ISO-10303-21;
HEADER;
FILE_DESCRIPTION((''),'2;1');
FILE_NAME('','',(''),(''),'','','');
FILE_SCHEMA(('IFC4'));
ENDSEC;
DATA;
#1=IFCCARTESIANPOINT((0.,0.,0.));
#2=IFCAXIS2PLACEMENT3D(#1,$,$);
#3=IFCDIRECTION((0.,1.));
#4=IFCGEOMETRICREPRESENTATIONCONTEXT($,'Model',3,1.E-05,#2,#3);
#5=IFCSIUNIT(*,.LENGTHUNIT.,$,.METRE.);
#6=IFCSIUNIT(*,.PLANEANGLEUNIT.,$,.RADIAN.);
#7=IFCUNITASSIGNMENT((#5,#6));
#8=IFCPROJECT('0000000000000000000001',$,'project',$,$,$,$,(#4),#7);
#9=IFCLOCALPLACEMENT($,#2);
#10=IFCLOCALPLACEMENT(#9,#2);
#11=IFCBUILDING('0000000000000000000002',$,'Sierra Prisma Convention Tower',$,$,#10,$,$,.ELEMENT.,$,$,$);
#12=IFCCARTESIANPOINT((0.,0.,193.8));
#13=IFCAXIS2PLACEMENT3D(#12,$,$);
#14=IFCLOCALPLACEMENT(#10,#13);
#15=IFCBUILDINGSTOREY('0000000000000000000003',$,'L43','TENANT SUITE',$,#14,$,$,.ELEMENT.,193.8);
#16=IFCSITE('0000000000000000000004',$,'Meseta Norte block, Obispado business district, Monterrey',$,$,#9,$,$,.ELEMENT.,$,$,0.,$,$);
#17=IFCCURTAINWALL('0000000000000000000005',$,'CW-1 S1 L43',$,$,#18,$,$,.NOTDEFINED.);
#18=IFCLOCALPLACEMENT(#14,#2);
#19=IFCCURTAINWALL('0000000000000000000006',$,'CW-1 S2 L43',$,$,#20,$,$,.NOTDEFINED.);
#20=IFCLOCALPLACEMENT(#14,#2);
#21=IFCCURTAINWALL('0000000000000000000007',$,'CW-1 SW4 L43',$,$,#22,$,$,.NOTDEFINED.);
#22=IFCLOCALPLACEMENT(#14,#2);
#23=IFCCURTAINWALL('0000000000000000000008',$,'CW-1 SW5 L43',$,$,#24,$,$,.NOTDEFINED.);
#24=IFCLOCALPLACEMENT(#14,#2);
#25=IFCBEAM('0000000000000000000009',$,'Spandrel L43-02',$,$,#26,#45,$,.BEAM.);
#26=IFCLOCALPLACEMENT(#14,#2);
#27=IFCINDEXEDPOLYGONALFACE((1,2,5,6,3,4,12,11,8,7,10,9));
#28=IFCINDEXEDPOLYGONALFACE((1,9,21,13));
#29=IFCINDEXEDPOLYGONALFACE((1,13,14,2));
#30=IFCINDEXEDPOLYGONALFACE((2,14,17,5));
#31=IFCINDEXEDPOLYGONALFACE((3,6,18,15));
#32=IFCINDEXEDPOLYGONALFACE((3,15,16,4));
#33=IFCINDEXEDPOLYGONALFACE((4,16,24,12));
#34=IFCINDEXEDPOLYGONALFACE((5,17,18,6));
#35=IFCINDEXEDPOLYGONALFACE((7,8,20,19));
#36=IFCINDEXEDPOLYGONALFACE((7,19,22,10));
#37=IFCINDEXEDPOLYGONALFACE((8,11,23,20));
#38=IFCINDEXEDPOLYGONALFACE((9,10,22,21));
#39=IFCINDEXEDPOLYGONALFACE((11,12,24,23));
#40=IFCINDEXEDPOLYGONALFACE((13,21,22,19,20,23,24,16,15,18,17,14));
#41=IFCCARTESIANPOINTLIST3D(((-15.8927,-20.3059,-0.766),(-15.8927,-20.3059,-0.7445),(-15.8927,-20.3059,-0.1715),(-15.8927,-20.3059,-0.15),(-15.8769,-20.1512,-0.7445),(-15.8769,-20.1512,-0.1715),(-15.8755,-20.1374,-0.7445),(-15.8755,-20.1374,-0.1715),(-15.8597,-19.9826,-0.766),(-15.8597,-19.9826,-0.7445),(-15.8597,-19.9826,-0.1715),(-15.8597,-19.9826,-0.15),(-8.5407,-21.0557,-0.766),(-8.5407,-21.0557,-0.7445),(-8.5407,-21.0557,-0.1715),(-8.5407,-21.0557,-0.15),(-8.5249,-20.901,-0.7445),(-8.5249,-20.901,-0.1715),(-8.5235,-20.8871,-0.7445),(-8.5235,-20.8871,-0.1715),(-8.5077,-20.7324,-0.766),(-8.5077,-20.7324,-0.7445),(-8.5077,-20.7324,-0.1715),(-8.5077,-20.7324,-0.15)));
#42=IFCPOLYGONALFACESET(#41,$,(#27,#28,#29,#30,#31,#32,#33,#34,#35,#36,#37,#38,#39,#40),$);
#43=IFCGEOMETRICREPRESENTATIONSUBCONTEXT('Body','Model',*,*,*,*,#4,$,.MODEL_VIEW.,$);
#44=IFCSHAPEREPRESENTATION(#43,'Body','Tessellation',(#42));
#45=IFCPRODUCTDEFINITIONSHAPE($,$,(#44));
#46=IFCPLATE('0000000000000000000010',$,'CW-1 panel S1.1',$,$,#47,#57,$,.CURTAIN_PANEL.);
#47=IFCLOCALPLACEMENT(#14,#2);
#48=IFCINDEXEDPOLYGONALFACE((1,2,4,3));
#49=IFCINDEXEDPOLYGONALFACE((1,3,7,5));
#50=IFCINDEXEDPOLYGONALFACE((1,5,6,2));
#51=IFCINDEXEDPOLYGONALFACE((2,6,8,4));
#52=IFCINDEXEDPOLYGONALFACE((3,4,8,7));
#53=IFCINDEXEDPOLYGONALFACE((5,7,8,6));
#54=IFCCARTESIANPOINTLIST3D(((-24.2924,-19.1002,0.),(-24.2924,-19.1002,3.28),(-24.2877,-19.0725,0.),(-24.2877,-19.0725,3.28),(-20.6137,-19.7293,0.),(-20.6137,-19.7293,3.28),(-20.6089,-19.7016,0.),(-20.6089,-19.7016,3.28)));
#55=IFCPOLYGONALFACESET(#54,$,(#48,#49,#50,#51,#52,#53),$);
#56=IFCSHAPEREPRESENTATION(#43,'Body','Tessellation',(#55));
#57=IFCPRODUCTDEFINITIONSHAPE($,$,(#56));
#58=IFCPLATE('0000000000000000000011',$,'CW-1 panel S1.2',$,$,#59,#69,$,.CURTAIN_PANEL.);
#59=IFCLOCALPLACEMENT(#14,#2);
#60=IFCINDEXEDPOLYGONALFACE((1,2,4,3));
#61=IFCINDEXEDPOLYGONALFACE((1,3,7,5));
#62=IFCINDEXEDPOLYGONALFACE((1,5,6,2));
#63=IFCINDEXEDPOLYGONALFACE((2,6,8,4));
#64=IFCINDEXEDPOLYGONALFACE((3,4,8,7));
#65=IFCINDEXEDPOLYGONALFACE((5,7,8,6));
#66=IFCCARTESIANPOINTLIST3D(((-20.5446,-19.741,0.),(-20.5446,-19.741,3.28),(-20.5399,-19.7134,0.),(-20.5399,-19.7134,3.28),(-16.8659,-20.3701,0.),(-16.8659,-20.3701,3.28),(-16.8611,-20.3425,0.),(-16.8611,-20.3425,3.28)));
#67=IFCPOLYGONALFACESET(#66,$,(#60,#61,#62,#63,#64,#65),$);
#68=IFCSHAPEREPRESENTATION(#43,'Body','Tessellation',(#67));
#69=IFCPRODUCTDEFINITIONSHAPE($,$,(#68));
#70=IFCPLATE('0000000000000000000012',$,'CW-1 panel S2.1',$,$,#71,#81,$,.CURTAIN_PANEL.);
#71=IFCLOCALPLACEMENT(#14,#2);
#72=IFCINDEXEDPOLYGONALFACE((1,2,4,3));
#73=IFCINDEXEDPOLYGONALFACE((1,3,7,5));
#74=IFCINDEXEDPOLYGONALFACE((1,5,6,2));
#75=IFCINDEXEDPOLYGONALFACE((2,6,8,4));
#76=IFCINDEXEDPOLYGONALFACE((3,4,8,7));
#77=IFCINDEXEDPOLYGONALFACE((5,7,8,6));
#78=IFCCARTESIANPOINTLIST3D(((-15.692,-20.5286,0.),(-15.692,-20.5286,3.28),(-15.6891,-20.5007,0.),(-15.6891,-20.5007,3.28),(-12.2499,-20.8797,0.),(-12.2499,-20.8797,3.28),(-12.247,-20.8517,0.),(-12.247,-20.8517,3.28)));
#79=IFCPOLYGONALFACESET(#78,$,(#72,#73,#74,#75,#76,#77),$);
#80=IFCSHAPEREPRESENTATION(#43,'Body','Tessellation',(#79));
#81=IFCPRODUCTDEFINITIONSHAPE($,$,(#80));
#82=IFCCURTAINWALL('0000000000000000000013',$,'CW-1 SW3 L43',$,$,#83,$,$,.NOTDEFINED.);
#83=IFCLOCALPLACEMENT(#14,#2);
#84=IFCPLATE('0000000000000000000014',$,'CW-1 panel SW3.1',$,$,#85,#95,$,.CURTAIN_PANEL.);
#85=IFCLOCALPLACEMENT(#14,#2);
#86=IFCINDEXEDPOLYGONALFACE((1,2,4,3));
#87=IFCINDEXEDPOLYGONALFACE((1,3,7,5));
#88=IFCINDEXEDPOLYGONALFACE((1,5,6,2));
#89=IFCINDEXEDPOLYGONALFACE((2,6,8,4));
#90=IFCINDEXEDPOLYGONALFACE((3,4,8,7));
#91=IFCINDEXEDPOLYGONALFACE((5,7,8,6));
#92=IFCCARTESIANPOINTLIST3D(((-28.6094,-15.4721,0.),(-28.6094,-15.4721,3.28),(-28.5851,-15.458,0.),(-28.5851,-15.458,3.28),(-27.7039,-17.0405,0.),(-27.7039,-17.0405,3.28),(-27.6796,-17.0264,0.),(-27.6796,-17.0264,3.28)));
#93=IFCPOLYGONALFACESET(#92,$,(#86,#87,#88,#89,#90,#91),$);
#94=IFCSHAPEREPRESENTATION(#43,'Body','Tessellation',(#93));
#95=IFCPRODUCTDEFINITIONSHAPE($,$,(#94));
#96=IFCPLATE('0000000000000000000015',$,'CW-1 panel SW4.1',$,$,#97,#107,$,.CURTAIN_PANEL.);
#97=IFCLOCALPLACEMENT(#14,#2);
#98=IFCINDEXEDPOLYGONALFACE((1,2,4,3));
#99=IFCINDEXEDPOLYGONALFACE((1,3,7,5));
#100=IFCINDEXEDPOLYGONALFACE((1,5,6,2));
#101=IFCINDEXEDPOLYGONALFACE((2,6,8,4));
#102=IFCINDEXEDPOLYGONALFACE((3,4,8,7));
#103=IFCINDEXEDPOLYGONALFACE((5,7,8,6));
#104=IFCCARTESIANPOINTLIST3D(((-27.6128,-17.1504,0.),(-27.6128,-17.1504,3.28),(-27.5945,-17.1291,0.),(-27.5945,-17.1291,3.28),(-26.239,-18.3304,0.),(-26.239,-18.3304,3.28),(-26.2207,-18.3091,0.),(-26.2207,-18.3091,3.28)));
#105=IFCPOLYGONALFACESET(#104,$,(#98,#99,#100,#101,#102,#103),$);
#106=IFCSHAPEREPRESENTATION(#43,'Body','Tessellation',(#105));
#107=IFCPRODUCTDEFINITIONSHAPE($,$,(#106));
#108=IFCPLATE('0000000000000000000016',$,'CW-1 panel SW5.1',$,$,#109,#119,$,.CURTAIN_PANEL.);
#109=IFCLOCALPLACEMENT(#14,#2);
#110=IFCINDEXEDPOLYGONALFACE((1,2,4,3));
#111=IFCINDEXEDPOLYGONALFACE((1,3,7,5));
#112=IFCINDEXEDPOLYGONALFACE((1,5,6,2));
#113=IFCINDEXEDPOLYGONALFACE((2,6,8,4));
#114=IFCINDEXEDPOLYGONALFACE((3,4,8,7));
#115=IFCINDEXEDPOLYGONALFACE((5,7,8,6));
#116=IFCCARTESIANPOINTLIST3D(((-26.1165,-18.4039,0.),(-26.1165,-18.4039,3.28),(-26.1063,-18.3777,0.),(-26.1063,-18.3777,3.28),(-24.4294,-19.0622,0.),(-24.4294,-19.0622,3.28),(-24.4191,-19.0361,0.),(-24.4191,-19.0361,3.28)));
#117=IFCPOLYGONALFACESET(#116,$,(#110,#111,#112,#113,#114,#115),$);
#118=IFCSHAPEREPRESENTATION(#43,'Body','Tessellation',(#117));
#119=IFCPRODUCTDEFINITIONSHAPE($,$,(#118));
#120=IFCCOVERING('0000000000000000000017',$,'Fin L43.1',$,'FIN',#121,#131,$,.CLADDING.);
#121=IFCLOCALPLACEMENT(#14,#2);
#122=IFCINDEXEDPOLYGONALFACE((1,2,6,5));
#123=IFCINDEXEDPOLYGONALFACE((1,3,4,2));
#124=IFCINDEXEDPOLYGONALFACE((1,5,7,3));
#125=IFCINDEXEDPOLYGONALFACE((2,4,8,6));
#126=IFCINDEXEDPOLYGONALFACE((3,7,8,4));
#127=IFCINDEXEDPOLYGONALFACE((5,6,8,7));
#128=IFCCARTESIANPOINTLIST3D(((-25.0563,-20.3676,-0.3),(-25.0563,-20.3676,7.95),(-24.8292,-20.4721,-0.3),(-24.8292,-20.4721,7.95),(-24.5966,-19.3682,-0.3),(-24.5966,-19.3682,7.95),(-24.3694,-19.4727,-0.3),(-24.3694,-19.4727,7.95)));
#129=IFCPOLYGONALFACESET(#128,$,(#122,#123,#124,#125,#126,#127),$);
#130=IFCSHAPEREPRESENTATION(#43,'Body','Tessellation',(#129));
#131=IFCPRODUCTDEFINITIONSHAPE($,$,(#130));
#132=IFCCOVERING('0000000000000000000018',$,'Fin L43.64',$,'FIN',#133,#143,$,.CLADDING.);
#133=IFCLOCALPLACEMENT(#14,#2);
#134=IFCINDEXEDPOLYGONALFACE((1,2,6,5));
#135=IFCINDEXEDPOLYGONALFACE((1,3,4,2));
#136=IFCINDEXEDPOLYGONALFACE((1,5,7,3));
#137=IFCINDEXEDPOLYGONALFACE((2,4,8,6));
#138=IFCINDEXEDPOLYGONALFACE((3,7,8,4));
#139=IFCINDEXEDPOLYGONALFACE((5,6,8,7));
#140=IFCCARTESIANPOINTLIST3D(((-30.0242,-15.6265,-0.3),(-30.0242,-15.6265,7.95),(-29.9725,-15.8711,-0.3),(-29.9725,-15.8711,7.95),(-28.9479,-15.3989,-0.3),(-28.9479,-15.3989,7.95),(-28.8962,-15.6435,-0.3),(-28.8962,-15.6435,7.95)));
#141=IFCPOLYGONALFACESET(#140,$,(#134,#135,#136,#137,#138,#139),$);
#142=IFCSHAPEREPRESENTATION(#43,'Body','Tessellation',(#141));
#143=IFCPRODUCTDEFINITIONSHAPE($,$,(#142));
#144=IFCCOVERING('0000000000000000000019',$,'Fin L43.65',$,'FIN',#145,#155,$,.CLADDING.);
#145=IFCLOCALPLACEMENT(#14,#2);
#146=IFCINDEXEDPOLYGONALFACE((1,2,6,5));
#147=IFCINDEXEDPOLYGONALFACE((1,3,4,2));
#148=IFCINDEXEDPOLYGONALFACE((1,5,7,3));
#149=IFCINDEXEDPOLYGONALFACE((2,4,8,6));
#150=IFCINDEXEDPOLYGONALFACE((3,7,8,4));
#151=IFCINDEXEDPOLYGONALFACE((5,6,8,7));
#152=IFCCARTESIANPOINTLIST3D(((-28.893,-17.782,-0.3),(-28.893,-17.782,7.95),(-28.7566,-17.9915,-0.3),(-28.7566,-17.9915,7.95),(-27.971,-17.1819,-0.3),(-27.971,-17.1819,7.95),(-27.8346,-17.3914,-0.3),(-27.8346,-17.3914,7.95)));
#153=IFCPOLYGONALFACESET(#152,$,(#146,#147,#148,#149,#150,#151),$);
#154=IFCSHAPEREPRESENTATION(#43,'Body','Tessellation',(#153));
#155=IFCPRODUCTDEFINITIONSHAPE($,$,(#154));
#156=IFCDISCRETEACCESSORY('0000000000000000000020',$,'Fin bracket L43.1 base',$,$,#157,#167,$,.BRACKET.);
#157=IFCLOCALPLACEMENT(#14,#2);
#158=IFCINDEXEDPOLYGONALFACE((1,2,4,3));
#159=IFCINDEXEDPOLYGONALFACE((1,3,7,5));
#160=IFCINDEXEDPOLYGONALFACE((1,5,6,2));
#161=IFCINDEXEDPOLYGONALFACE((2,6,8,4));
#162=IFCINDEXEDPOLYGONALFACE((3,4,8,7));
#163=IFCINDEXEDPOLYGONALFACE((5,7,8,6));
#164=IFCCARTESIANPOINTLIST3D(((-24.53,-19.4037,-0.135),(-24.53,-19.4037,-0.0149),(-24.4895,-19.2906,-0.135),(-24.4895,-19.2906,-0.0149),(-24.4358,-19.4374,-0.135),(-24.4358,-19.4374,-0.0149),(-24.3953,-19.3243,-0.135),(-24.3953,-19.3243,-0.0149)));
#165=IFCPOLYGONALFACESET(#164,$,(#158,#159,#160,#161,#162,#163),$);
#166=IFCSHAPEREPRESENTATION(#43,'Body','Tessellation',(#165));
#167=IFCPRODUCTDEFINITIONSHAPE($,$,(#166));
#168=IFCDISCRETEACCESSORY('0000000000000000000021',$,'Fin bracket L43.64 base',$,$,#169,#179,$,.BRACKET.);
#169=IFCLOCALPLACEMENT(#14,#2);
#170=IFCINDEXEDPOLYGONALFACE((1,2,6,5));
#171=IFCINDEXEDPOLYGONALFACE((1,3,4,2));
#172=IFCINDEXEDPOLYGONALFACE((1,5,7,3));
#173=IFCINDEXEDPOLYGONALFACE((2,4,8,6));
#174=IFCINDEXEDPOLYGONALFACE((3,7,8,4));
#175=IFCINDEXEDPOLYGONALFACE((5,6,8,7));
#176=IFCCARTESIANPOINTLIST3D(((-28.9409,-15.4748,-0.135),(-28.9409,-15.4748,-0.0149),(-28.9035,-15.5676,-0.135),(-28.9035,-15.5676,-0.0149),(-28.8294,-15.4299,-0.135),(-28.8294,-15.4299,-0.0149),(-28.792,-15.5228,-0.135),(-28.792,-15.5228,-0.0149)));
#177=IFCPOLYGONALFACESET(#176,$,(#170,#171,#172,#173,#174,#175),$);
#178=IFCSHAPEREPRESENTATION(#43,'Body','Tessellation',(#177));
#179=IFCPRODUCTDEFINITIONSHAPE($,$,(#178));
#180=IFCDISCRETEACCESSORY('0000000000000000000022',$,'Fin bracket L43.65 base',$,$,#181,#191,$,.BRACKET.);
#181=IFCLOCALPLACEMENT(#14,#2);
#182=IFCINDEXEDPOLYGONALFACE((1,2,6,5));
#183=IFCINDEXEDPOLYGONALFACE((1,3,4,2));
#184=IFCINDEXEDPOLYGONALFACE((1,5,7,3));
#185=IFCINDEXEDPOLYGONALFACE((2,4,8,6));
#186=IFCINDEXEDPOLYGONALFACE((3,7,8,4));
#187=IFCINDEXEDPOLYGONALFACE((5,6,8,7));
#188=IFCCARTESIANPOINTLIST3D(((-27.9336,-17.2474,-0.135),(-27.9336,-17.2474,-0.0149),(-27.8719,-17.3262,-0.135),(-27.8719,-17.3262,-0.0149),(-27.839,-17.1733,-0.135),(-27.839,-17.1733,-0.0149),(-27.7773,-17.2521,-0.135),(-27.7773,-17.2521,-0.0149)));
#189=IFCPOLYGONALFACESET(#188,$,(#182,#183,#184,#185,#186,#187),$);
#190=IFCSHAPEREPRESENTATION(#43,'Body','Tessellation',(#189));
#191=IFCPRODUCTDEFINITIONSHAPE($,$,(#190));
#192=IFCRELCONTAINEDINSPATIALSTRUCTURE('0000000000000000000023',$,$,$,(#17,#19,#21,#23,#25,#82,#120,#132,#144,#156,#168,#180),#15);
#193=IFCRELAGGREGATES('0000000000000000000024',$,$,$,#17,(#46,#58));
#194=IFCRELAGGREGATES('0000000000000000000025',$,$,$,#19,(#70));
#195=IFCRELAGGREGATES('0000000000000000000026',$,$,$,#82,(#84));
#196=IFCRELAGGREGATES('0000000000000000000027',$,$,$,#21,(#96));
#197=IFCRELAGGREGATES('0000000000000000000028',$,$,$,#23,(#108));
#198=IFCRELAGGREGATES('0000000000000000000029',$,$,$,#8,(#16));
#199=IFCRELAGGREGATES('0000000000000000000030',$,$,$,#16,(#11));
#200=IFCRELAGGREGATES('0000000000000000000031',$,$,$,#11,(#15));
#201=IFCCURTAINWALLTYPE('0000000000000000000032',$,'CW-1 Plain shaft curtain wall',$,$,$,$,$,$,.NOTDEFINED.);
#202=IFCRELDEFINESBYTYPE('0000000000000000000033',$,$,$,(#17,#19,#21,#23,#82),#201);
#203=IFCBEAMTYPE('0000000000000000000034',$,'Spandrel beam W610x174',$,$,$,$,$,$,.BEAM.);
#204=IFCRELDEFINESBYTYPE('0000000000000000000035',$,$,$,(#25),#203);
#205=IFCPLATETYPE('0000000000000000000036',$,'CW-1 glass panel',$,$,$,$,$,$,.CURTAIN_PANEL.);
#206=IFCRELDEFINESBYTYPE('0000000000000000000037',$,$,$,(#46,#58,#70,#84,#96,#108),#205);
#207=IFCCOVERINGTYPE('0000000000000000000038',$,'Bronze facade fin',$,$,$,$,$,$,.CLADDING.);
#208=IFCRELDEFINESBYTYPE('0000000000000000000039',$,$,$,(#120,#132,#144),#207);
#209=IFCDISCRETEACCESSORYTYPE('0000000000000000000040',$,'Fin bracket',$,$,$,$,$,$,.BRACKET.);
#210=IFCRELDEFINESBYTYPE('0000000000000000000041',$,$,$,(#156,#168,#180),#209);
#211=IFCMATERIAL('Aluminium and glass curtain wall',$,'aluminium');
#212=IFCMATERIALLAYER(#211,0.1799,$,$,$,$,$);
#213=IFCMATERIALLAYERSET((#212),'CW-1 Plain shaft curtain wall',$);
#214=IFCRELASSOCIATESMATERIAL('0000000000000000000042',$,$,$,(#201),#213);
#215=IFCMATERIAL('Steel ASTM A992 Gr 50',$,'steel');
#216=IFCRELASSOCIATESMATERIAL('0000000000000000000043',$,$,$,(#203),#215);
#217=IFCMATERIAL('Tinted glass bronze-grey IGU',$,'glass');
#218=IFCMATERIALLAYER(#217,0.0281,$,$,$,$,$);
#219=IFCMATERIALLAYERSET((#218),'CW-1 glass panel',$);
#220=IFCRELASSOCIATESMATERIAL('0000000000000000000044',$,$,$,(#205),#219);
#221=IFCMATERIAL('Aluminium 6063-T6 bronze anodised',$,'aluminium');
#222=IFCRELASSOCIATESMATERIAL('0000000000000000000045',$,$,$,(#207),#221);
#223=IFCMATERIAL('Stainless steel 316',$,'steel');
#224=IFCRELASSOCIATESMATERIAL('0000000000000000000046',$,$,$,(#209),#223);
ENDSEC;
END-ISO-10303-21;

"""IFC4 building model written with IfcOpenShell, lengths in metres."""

from ifc_helpers import new_model, si_unit, direction, frame, origin, origin_2d, place, context, subcontext, project, spatial, rectangle, i_section, extrude, material, layer, layer_set, material_profile, profile_set, type_object, element, aggregate, save


model = new_model("IFC4")

# Units and contexts
model_context = context("Model", 3, precision=1e-05, world=origin(), true_north=direction((0.0, 1.0)))
body_context = subcontext(model_context, "Body", "Model", "MODEL_VIEW")
ifc_project = project(units=[si_unit("LENGTHUNIT", "METRE"), si_unit("PLANEANGLEUNIT", "RADIAN")], contexts=[model_context])

# Site, building, storey
site_placement = place(None, origin())
site = spatial("IfcSite", under=ifc_project, at=site_placement, Name="Meseta Norte block, Obispado business district, Monterrey", CompositionType="ELEMENT", RefElevation=0.0)
building_placement = place(site_placement, origin())
building = spatial("IfcBuilding", under=site, at=building_placement, Name="Sierra Prisma Convention Tower", CompositionType="ELEMENT")
storey_placement = place(building_placement, frame((0.0, 0.0, 193.8)))
storey = spatial("IfcBuildingStorey", under=building, at=storey_placement, Name="L43", Description="TENANT SUITE", CompositionType="ELEMENT", Elevation=193.8)

# Curtain wall
ifc_material_1 = material(Name="Aluminium and glass curtain wall", Category="aluminium")
ifc_layer_1 = layer(ifc_material_1, 0.1799)
ifc_layer_set_1 = layer_set([ifc_layer_1], Name="CW-1 Plain shaft curtain wall")
curtain_wall_type = type_object("IfcCurtainWallType", Name="CW-1 Plain shaft curtain wall", PredefinedType="NOTDEFINED", material=ifc_layer_set_1)
curtain_wall_1_placement = place(storey_placement, origin())
curtain_wall_1 = element("IfcCurtainWall", 1, at=curtain_wall_1_placement, inside=storey, type_object=curtain_wall_type, Name="CW-1 S1 L43", PredefinedType="NOTDEFINED")

# Curtain walls
curtain_wall_2_placement = place(storey_placement, origin())
curtain_wall_2 = element("IfcCurtainWall", 2, at=curtain_wall_2_placement, inside=storey, type_object=curtain_wall_type, Name="CW-1 S2 L43", PredefinedType="NOTDEFINED")
curtain_wall_3_placement = place(storey_placement, origin())
curtain_wall_3 = element("IfcCurtainWall", 3, at=curtain_wall_3_placement, inside=storey, type_object=curtain_wall_type, Name="CW-1 SW4 L43", PredefinedType="NOTDEFINED")
curtain_wall_4_placement = place(storey_placement, origin())
curtain_wall_4 = element("IfcCurtainWall", 4, at=curtain_wall_4_placement, inside=storey, type_object=curtain_wall_type, Name="CW-1 SW5 L43", PredefinedType="NOTDEFINED")

# Beam
ifc_material_2 = material(Name="Steel ASTM A992 Gr 50", Category="steel")
ifc_material_profile_1 = material_profile(ifc_material_2, i_section(OverallWidth=0.325, OverallDepth=0.616, WebThickness=0.0139, FlangeThickness=0.0215, at=origin_2d()), Name="W610x174")
ifc_profile_set_1 = profile_set([ifc_material_profile_1], Name="Steel ASTM A992 Gr 50")
beam_type_1 = type_object("IfcBeamType", Name="Spandrel beam W610x174", PredefinedType="BEAM", material=ifc_profile_set_1)
beam_1_placement = place(storey_placement, frame((-15.8762, -20.1443, -0.458), z_axis=(0.99484, -0.101453, 0.0), x_axis=(0.101453, 0.99484, 0.0)))
element("IfcBeam", 5, at=beam_1_placement, inside=storey, type_object=beam_type_1, Name="Spandrel L43-02", PredefinedType="BEAM", context=body_context, shape_type="SweptSolid", body=[
    extrude(i_section(OverallWidth=0.325, OverallDepth=0.616, WebThickness=0.0139, FlangeThickness=0.0215, at=origin_2d()), origin(), (0.0, 0.0, 1.0), 7.3901),
])

# Plates
ifc_material_3 = material(Name="Tinted glass bronze-grey IGU", Category="glass")
ifc_layer_2 = layer(ifc_material_3, 0.0281)
ifc_layer_set_2 = layer_set([ifc_layer_2], Name="CW-1 glass panel")
plate_type = type_object("IfcPlateType", Name="CW-1 glass panel", PredefinedType="CURTAIN_PANEL", material=ifc_layer_set_2)
plate_1_placement = place(storey_placement, frame((-22.4507, -19.4009, 0.0), z_axis=(0.0, 0.0, 1.0), x_axis=(0.985691, -0.168563, 0.0)))
plate_1 = element("IfcPlate", 6, at=plate_1_placement, type_object=plate_type, Name="CW-1 panel S1.1", PredefinedType="CURTAIN_PANEL", context=body_context, shape_type="SweptSolid", body=[
    extrude(rectangle(XDim=3.7322, YDim=0.0281, at=origin_2d()), origin(), (0.0, 0.0, 1.0), 3.28),
])
plate_2_placement = place(storey_placement, frame((-18.7029, -20.0417, 0.0), z_axis=(0.0, 0.0, 1.0), x_axis=(0.985691, -0.168563, 0.0)))
plate_2 = element("IfcPlate", 7, at=plate_2_placement, type_object=plate_type, Name="CW-1 panel S1.2", PredefinedType="CURTAIN_PANEL", context=body_context, shape_type="SweptSolid", body=[
    extrude(rectangle(XDim=3.7322, YDim=0.0281, at=origin_2d()), origin(), (0.0, 0.0, 1.0), 3.28),
])
aggregate(curtain_wall_1, [plate_1, plate_2])
plate_3_placement = place(storey_placement, frame((-13.9695, -20.6902, 0.0), z_axis=(0.0, 0.0, 1.0), x_axis=(0.994841, -0.101448, 0.0)))
plate_3 = element("IfcPlate", 8, at=plate_3_placement, type_object=plate_type, Name="CW-1 panel S2.1", PredefinedType="CURTAIN_PANEL", context=body_context, shape_type="SweptSolid", body=[
    extrude(rectangle(XDim=3.46, YDim=0.0281, at=origin_2d()), origin(), (0.0, 0.0, 1.0), 3.28),
])
aggregate(curtain_wall_2, [plate_3])

# Curtain wall, plate
curtain_wall_5_placement = place(storey_placement, origin())
curtain_wall_5 = element("IfcCurtainWall", 9, at=curtain_wall_5_placement, inside=storey, type_object=curtain_wall_type, Name="CW-1 SW3 L43", PredefinedType="NOTDEFINED")
plate_4_placement = place(storey_placement, frame((-28.1445, -16.2493, 0.0), z_axis=(0.0, 0.0, 1.0), x_axis=(0.5, -0.866025, 0.0)))
plate_4 = element("IfcPlate", 10, at=plate_4_placement, type_object=plate_type, Name="CW-1 panel SW3.1", PredefinedType="CURTAIN_PANEL", context=body_context, shape_type="SweptSolid", body=[
    extrude(rectangle(XDim=1.811, YDim=0.0281, at=origin_2d()), origin(), (0.0, 0.0, 1.0), 3.28),
])
aggregate(curtain_wall_5, [plate_4])

# Plates
plate_5_placement = place(storey_placement, frame((-26.9167, -17.7297, 0.0), z_axis=(0.0, 0.0, 1.0), x_axis=(0.758612, -0.651543, 0.0)))
plate_5 = element("IfcPlate", 11, at=plate_5_placement, type_object=plate_type, Name="CW-1 panel SW4.1", PredefinedType="CURTAIN_PANEL", context=body_context, shape_type="SweptSolid", body=[
    extrude(rectangle(XDim=1.811, YDim=0.0281, at=origin_2d()), origin(), (0.0, 0.0, 1.0), 3.28),
])
aggregate(curtain_wall_3, [plate_5])
plate_6_placement = place(storey_placement, frame((-25.2678, -18.72, 0.0), z_axis=(0.0, 0.0, 1.0), x_axis=(0.931589, -0.363513, 0.0)))
plate_6 = element("IfcPlate", 12, at=plate_6_placement, type_object=plate_type, Name="CW-1 panel SW5.1", PredefinedType="CURTAIN_PANEL", context=body_context, shape_type="SweptSolid", body=[
    extrude(rectangle(XDim=1.811, YDim=0.0281, at=origin_2d()), origin(), (0.0, 0.0, 1.0), 3.28),
])
aggregate(curtain_wall_4, [plate_6])

# Coverings
ifc_material_4 = material(Name="Aluminium 6063-T6 bronze anodised", Category="aluminium")
ifc_material_profile_2 = material_profile(ifc_material_4, rectangle(XDim=1.1001, YDim=0.25, at=origin_2d()), Name="ALU FIN 1100x250")
ifc_profile_set_2 = profile_set([ifc_material_profile_2], Name="Aluminium 6063-T6 bronze anodised")
covering_type = type_object("IfcCoveringType", Name="Bronze facade fin", PredefinedType="CLADDING", material=ifc_profile_set_2)
for number, where, z_axis, x_axis, name in (
    (13, (-24.7129, -19.9202, -0.3), (0.0, 0.0, 1.0), (-0.417935, -0.908477, 0.0), "Fin L43.1"),
    (14, (-29.4602, -15.635, -0.3), (0.0, 0.0, 1.0), (-0.978362, -0.206902, 0.0), "Fin L43.64"),
    (15, (-28.3638, -17.5867, -0.3), (0.0, 0.0, 1.0), (-0.838108, -0.545504, 0.0), "Fin L43.65"),
):
    element("IfcCovering", number, at=place(storey_placement, frame(where, z_axis=z_axis, x_axis=x_axis)), inside=storey, type_object=covering_type, Name=name, ObjectType="FIN", PredefinedType="CLADDING", context=body_context, shape_type="SweptSolid", body=[
        extrude(rectangle(XDim=1.1001, YDim=0.25, at=origin_2d()), origin(), (0.0, 0.0, 1.0), 8.25),
    ])

# Discrete accessories
ifc_material_5 = material(Name="Stainless steel 316", Category="steel")
discrete_accessory_type = type_object("IfcDiscreteAccessoryType", Name="Fin bracket", PredefinedType="BRACKET", material=ifc_material_5)
for number, where, z_axis, x_axis, name in (
    (16, (-24.4626, -19.364, -0.135), (0.0, 0.0, 1.0), (-0.337165, -0.941445, 0.0), "Fin bracket L43.1 base"),
    (17, (-28.8665, -15.4988, -0.135), (0.0, 0.0, 1.0), (-0.92757, -0.373649, 0.0), "Fin bracket L43.64 base"),
    (18, (-27.8555, -17.2498, -0.135), (0.0, 0.0, 1.0), (-0.787375, -0.616475, 0.0), "Fin bracket L43.65 base"),
):
    element("IfcDiscreteAccessory", number, at=place(storey_placement, frame(where, z_axis=z_axis, x_axis=x_axis)), inside=storey, type_object=discrete_accessory_type, Name=name, PredefinedType="BRACKET", context=body_context, shape_type="SweptSolid", body=[
        extrude(rectangle(XDim=0.1201, YDim=0.1001, at=origin_2d()), origin(), (0.0, 0.0, 1.0), 0.1201),
    ])

save(model, "model.ifc")
